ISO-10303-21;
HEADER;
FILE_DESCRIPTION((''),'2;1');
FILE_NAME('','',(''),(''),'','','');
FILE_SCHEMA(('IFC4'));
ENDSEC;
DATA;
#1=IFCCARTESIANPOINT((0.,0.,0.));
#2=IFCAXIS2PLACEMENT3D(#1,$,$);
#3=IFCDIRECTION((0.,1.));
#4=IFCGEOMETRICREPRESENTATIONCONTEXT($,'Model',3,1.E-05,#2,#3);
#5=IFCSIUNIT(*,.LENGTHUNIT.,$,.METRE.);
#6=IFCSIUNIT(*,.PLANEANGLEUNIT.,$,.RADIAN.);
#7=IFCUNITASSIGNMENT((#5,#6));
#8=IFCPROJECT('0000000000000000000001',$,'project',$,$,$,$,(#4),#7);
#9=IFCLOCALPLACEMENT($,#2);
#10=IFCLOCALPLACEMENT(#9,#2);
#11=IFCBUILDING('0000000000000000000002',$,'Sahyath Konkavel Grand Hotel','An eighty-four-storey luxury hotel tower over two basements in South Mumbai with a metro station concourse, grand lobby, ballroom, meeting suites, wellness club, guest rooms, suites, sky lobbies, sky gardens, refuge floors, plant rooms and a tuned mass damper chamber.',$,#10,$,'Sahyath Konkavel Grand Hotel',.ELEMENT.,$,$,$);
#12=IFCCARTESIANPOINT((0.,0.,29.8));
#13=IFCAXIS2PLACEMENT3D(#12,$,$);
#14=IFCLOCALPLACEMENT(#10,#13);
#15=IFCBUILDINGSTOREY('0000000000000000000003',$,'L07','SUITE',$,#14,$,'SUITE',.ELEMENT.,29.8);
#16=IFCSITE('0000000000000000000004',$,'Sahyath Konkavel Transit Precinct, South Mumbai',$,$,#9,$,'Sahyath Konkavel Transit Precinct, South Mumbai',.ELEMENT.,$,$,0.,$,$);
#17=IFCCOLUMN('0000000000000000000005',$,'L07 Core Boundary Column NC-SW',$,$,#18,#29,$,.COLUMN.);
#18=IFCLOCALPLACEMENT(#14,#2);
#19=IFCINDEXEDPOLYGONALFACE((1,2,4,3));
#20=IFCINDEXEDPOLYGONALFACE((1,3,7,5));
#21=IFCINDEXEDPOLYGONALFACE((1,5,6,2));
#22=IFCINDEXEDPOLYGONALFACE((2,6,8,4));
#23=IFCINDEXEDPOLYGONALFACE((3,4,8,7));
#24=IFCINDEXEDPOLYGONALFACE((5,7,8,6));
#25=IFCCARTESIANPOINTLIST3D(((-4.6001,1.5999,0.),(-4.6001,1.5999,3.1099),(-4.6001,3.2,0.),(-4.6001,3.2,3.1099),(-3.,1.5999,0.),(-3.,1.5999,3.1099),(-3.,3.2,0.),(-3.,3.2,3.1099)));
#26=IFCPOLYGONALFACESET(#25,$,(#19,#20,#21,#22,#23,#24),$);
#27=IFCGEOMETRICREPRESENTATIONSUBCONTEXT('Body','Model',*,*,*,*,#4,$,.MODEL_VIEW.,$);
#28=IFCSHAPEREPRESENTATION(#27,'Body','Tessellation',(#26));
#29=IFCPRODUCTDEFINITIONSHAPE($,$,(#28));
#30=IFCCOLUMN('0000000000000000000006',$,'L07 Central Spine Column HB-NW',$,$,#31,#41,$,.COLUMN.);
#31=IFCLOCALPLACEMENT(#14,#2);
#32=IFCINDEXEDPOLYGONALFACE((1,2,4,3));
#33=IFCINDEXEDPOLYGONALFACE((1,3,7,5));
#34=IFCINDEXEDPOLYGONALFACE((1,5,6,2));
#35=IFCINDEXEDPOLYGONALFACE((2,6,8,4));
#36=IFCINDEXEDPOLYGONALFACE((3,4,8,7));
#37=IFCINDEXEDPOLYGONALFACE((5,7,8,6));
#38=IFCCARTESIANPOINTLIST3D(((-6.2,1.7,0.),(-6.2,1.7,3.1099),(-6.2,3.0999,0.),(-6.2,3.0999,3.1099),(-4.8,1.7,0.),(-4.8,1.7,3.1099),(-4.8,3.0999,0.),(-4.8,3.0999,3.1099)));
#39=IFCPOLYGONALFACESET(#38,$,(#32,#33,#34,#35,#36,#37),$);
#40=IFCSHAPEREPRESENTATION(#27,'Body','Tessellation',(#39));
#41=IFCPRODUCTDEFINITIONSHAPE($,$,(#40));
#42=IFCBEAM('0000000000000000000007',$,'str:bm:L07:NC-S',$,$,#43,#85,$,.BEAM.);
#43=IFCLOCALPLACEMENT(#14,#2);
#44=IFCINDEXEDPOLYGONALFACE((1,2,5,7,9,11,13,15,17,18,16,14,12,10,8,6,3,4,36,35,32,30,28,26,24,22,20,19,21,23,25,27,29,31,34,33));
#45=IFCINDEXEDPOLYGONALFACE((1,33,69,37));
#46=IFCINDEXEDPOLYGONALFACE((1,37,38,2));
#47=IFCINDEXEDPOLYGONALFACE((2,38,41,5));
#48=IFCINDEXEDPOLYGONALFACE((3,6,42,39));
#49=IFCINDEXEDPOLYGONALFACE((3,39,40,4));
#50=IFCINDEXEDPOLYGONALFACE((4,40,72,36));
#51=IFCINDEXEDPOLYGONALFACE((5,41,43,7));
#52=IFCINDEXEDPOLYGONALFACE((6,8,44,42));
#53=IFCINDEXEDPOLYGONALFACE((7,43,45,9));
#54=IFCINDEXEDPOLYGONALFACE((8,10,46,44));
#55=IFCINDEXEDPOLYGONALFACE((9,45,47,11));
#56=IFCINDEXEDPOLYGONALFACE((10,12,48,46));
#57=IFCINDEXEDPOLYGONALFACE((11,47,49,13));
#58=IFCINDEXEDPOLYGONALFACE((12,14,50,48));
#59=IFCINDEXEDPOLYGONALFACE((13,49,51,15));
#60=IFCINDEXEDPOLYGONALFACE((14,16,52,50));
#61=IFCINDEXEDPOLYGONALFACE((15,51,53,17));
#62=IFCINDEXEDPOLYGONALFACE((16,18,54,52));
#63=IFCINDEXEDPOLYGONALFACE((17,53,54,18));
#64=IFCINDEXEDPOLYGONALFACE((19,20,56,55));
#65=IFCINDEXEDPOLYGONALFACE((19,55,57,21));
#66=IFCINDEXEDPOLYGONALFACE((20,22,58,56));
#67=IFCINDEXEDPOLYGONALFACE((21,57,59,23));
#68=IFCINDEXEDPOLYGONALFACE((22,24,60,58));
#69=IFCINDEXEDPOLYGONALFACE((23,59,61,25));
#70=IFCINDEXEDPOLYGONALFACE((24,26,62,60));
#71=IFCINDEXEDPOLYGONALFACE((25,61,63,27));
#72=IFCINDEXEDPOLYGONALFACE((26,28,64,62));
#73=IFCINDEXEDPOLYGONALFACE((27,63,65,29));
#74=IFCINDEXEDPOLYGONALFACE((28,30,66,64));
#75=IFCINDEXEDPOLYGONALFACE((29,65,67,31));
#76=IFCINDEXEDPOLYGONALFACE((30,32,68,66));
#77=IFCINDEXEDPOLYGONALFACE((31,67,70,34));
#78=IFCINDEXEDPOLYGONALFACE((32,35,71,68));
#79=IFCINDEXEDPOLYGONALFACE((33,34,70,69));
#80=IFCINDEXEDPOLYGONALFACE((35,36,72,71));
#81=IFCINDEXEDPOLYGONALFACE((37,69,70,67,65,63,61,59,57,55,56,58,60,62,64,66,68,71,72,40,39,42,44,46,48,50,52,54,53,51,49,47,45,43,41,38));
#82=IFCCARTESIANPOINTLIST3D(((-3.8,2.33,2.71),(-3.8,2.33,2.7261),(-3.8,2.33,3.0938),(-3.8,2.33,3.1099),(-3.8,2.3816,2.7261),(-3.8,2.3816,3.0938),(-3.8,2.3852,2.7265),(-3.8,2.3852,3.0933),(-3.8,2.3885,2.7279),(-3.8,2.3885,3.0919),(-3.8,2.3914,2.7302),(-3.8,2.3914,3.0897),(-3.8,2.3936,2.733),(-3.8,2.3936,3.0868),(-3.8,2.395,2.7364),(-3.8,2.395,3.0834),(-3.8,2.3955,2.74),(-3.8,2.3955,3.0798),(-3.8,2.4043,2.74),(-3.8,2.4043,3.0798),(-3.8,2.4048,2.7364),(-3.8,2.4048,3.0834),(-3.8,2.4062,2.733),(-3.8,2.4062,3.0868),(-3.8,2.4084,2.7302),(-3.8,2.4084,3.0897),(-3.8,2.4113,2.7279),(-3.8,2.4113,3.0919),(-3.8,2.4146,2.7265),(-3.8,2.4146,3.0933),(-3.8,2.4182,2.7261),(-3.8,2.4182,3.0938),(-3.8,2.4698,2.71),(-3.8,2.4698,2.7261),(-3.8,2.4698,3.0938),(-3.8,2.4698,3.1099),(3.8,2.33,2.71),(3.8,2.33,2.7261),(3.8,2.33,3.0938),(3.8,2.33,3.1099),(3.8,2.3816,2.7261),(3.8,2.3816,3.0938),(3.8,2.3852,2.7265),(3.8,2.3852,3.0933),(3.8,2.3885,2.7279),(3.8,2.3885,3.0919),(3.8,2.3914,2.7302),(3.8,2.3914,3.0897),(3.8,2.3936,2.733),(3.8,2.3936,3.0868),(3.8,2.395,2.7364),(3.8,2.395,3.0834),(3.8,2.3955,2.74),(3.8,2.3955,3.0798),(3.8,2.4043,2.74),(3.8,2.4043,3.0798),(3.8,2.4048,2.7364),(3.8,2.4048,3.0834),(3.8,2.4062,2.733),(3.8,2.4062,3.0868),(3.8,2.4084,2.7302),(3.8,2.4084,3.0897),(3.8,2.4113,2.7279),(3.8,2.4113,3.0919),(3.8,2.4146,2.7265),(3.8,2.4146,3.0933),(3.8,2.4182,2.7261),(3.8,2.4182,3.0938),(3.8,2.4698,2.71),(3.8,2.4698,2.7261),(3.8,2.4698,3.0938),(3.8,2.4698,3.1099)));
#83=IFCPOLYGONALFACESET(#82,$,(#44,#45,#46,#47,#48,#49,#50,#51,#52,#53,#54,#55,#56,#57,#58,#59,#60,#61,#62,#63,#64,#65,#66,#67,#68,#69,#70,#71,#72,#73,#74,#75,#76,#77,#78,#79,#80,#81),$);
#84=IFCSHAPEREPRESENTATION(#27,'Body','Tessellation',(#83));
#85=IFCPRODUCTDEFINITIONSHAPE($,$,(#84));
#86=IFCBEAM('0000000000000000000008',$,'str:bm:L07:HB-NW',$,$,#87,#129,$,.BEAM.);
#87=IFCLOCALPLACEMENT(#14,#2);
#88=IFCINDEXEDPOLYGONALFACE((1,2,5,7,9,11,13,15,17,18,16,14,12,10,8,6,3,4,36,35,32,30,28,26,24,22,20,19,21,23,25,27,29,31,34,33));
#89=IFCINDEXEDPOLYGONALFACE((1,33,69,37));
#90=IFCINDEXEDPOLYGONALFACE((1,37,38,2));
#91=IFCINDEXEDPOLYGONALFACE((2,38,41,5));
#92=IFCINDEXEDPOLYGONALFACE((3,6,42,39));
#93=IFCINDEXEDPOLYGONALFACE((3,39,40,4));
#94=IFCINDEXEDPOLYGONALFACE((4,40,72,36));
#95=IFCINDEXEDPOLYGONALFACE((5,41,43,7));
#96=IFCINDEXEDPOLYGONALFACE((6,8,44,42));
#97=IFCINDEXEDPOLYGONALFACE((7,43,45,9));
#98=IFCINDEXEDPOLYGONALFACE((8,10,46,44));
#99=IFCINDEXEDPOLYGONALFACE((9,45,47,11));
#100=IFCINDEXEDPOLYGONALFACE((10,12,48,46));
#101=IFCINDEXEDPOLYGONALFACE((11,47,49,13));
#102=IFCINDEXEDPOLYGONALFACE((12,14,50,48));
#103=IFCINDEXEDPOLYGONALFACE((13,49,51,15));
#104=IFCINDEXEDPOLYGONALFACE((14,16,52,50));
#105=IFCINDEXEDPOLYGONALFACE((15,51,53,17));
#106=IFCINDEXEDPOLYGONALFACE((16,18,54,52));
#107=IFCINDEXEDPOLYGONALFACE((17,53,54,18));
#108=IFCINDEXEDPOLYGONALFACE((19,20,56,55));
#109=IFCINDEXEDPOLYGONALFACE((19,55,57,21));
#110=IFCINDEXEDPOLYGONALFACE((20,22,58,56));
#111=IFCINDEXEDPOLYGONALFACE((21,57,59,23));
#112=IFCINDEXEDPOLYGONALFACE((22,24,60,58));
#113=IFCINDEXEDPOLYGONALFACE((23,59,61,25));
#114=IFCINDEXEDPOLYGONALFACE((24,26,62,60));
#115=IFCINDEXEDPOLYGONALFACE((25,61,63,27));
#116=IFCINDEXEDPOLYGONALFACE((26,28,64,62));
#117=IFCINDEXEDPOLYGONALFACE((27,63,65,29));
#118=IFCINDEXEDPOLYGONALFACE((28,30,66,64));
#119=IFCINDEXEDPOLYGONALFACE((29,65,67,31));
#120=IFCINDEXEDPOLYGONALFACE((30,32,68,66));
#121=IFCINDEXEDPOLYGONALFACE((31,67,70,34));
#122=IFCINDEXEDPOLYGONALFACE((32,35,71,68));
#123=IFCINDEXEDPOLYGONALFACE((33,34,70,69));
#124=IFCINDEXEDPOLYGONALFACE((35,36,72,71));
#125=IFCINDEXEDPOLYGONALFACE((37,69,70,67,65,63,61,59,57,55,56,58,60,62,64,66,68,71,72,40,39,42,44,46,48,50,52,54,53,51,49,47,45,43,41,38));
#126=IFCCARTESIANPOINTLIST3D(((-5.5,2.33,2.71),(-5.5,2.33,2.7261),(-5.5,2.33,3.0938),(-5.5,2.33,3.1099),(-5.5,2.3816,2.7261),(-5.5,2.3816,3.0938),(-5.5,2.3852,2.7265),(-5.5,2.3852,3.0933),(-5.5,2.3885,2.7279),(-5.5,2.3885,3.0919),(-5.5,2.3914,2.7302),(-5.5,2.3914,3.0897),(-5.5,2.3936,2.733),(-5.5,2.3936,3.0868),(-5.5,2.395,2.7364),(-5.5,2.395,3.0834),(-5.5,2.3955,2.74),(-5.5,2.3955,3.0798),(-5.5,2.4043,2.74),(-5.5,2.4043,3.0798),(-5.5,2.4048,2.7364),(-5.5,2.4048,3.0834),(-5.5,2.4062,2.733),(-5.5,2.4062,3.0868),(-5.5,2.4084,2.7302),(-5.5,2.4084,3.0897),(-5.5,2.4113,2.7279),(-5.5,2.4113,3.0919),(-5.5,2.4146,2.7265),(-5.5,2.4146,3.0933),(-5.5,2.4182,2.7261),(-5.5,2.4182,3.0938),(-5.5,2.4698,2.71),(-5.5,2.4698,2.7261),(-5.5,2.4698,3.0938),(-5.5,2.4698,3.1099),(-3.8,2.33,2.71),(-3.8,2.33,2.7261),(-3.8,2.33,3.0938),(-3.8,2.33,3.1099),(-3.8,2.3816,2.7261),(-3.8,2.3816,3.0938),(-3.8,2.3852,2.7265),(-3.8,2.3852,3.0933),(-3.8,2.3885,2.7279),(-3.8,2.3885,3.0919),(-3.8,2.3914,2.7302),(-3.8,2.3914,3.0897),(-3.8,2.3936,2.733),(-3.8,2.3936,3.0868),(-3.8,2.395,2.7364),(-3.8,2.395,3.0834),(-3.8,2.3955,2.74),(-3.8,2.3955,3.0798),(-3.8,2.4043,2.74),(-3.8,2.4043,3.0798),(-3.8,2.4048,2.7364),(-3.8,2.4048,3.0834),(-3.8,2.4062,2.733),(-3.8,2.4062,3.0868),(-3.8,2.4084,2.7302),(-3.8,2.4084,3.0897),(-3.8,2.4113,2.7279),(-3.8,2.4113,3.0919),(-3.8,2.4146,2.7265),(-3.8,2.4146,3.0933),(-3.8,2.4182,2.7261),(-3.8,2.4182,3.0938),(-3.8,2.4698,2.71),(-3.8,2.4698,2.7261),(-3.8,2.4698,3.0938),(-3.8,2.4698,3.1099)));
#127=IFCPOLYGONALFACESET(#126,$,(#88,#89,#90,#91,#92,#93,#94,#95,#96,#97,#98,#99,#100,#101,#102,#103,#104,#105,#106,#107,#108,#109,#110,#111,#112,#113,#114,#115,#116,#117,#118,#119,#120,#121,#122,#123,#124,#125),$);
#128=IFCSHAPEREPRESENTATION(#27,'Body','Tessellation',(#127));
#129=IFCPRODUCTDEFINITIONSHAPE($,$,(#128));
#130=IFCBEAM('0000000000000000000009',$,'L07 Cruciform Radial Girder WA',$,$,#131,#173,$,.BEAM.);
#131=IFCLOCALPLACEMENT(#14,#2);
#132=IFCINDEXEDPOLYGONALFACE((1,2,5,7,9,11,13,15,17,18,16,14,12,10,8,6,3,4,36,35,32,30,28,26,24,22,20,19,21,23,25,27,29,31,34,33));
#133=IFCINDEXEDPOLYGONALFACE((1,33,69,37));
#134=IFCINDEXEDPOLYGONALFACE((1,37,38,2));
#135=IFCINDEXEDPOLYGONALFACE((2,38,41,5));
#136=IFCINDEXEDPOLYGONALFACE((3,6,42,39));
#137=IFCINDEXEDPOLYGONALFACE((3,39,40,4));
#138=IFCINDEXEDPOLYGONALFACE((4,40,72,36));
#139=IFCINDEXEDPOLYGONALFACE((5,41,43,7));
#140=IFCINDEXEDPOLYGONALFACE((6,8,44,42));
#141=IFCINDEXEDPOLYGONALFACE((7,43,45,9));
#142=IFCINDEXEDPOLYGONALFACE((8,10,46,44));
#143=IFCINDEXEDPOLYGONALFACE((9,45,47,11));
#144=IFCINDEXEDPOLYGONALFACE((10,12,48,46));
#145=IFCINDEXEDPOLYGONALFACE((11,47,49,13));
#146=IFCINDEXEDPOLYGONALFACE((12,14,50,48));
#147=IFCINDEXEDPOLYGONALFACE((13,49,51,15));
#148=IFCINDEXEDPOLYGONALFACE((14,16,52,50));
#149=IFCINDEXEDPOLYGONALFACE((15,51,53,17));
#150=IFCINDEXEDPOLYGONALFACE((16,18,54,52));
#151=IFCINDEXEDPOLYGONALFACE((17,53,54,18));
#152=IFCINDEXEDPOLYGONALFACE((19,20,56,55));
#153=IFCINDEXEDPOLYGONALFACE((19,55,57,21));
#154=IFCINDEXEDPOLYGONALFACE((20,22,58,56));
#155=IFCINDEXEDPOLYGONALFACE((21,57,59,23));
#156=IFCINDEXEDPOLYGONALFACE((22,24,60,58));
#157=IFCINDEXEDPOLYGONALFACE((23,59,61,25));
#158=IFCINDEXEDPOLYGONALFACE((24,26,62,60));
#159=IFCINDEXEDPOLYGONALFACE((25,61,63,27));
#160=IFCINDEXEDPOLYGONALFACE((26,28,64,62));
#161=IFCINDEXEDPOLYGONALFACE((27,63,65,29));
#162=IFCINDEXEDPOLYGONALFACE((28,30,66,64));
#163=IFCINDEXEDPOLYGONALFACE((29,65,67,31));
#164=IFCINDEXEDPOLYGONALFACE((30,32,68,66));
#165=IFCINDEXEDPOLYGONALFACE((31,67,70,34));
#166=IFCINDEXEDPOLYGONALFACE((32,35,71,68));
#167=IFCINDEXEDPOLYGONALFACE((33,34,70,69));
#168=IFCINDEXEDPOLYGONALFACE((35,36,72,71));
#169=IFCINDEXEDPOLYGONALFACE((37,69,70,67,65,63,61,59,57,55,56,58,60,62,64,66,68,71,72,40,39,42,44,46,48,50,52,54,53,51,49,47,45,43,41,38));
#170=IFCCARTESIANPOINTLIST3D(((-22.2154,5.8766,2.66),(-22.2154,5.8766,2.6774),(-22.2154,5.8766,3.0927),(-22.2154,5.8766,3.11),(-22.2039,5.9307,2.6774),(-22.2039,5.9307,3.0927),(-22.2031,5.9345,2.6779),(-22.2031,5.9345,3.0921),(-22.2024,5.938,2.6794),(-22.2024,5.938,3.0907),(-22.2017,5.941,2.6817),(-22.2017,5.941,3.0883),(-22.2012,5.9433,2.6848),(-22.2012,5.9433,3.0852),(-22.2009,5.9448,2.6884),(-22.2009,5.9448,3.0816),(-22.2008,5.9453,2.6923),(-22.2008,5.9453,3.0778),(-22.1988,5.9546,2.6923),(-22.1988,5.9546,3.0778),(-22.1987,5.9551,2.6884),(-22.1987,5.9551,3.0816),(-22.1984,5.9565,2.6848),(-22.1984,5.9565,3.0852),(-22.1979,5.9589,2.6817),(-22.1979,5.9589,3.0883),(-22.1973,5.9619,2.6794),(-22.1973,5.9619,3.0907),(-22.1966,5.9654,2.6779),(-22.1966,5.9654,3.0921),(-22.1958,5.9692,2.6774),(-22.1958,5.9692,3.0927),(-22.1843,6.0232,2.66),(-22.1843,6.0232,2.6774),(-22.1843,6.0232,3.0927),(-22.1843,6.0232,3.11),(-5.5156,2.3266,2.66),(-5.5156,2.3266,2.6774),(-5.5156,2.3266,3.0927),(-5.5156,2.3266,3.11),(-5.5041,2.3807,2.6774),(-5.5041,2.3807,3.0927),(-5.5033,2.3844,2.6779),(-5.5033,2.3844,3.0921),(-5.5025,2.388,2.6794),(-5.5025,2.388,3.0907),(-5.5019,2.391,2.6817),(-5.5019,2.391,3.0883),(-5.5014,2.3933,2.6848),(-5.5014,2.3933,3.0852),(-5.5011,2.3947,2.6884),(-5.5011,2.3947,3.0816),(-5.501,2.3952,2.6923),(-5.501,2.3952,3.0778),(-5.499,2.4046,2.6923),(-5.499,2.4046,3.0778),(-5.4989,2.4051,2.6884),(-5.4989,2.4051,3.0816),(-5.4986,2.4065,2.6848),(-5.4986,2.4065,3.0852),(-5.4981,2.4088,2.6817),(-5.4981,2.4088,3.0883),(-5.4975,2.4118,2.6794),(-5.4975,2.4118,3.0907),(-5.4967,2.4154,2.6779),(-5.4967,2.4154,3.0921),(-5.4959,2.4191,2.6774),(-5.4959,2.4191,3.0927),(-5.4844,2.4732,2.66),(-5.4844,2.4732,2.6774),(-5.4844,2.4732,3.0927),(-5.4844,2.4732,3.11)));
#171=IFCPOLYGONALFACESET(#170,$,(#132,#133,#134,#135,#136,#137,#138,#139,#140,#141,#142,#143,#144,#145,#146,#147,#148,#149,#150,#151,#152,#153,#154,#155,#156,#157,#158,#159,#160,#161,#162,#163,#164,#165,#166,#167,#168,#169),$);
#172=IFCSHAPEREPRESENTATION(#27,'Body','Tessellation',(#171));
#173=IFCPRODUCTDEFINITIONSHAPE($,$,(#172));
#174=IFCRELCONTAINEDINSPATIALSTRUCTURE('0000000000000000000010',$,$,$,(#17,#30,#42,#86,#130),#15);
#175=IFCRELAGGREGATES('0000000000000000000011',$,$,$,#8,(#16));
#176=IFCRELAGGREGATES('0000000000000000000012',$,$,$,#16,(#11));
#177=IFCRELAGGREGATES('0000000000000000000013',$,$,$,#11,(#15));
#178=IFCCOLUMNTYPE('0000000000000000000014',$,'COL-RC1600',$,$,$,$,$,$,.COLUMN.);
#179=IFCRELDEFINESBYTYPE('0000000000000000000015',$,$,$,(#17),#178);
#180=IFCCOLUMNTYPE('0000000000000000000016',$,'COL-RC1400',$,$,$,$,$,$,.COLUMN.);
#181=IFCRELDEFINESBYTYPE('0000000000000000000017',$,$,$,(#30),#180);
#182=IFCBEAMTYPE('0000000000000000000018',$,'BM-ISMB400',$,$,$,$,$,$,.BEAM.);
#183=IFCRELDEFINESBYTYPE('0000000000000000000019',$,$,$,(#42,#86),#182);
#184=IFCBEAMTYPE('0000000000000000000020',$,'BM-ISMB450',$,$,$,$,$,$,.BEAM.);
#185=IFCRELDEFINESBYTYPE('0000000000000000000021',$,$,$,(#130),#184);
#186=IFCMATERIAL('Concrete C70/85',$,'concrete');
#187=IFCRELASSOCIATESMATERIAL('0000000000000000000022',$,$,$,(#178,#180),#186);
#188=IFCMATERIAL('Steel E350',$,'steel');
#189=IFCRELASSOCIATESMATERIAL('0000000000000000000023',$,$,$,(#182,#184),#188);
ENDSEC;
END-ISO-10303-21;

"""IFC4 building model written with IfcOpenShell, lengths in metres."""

from ifc_helpers import new_model, si_unit, direction, frame, origin, origin_2d, place, context, subcontext, project, spatial, rectangle, i_section, extrude, source, transform, mapped, material, material_profile, profile_set, type_object, element, save


model = new_model("IFC4")

# Units and contexts
model_context = context("Model", 3, precision=1e-05, world=origin(), true_north=direction((0.0, 1.0)))
body_context = subcontext(model_context, "Body", "Model", "MODEL_VIEW")
ifc_project = project(units=[si_unit("LENGTHUNIT", "METRE"), si_unit("PLANEANGLEUNIT", "RADIAN")], contexts=[model_context])

# Site, building, storey
site_placement = place(None, origin())
site = spatial("IfcSite", under=ifc_project, at=site_placement, Name="Sahyath Konkavel Transit Precinct, South Mumbai", LongName="Sahyath Konkavel Transit Precinct, South Mumbai", CompositionType="ELEMENT", RefElevation=0.0)
building_placement = place(site_placement, origin())
building = spatial("IfcBuilding", under=site, at=building_placement, Name="Sahyath Konkavel Grand Hotel", Description="An eighty-four-storey luxury hotel tower over two basements in South Mumbai with a metro station concourse, grand lobby, ballroom, meeting suites, wellness club, guest rooms, suites, sky lobbies, sky gardens, refuge floors, plant rooms and a tuned mass damper chamber.", LongName="Sahyath Konkavel Grand Hotel", CompositionType="ELEMENT")
storey_placement = place(building_placement, frame((0.0, 0.0, 29.8)))
storey = spatial("IfcBuildingStorey", under=building, at=storey_placement, Name="L07", Description="SUITE", LongName="SUITE", CompositionType="ELEMENT", Elevation=29.8)

# Columns
ifc_material_1 = material(Name="Concrete C70/85", Category="concrete")
ifc_material_profile_1 = material_profile(ifc_material_1, rectangle(XDim=1.6001, YDim=1.6001, at=origin_2d()), Name="RC 1600x1600")
ifc_profile_set_1 = profile_set([ifc_material_profile_1], Name="Concrete C70/85")
column_type_1 = type_object("IfcColumnType", Name="COL-RC1600", PredefinedType="COLUMN", material=ifc_profile_set_1)
shared_shape_1 = source(origin(), body_context, "Body", "SweptSolid", [
    extrude(rectangle(XDim=1.6001, YDim=1.6001, at=origin_2d()), origin(), (0.0, 0.0, 1.0), 3.1099),
])
column_1_placement = place(storey_placement, frame((-3.8, 2.3999, 0.0), z_axis=(0.0, 0.0, 1.0), x_axis=(1.0, 0.0, 0.0)))
element("IfcColumn", 1, at=column_1_placement, inside=storey, type_object=column_type_1, Name="L07 Core Boundary Column NC-SW", PredefinedType="COLUMN", context=body_context, shape_type="MappedRepresentation", body=[
    mapped(shared_shape_1, transform((0.0, 0.0, 0.0), scale=1.0)),
])
ifc_material_profile_2 = material_profile(ifc_material_1, rectangle(XDim=1.3999, YDim=1.3999, at=origin_2d()), Name="RC 1400x1400")
ifc_profile_set_2 = profile_set([ifc_material_profile_2], Name="Concrete C70/85")
column_type_2 = type_object("IfcColumnType", Name="COL-RC1400", PredefinedType="COLUMN", material=ifc_profile_set_2)
shared_shape_2 = source(origin(), body_context, "Body", "SweptSolid", [
    extrude(rectangle(XDim=1.3999, YDim=1.3999, at=origin_2d()), origin(), (0.0, 0.0, 1.0), 3.1099),
])
column_2_placement = place(storey_placement, frame((-5.5, 2.3999, 0.0), z_axis=(0.0, 0.0, 1.0), x_axis=(1.0, 0.0, 0.0)))
element("IfcColumn", 2, at=column_2_placement, inside=storey, type_object=column_type_2, Name="L07 Central Spine Column HB-NW", PredefinedType="COLUMN", context=body_context, shape_type="MappedRepresentation", body=[
    mapped(shared_shape_2, transform((0.0, 0.0, 0.0), scale=1.0)),
])

# Beams
ifc_material_2 = material(Name="Steel E350", Category="steel")
ifc_material_profile_3 = material_profile(ifc_material_2, i_section(OverallWidth=0.1399, OverallDepth=0.3999, WebThickness=0.0088, FlangeThickness=0.0161, FilletRadius=0.0139, at=origin_2d()), Name="ISMB 400")
ifc_profile_set_3 = profile_set([ifc_material_profile_3], Name="Steel E350")
beam_type_1 = type_object("IfcBeamType", Name="BM-ISMB400", PredefinedType="BEAM", material=ifc_profile_set_3)
shared_shape_3 = source(origin(), body_context, "Body", "SweptSolid", [
    extrude(i_section(OverallWidth=0.1399, OverallDepth=0.3999, WebThickness=0.0088, FlangeThickness=0.0161, FilletRadius=0.0139, at=origin_2d()), origin(), (0.0, 0.0, 1.0), 7.6001),
])
beam_1_placement = place(storey_placement, frame((-3.8, 2.3999, 2.9099), z_axis=(1.0, 0.0, 0.0), x_axis=(0.0, 1.0, 0.0)))
element("IfcBeam", 3, at=beam_1_placement, inside=storey, type_object=beam_type_1, Name="str:bm:L07:NC-S", PredefinedType="BEAM", context=body_context, shape_type="MappedRepresentation", body=[
    mapped(shared_shape_3, transform((0.0, 0.0, 0.0), scale=1.0)),
])
shared_shape_4 = source(origin(), body_context, "Body", "SweptSolid", [
    extrude(i_section(OverallWidth=0.1399, OverallDepth=0.3999, WebThickness=0.0088, FlangeThickness=0.0161, FilletRadius=0.0139, at=origin_2d()), origin(), (0.0, 0.0, 1.0), 1.7),
])
beam_2_placement = place(storey_placement, frame((-5.5, 2.3999, 2.9099), z_axis=(1.0, 0.0, 0.0), x_axis=(0.0, 1.0, 0.0)))
element("IfcBeam", 4, at=beam_2_placement, inside=storey, type_object=beam_type_1, Name="str:bm:L07:HB-NW", PredefinedType="BEAM", context=body_context, shape_type="MappedRepresentation", body=[
    mapped(shared_shape_4, transform((0.0, 0.0, 0.0), scale=1.0)),
])
ifc_material_profile_4 = material_profile(ifc_material_2, i_section(OverallWidth=0.1499, OverallDepth=0.45, WebThickness=0.0095, FlangeThickness=0.0173, FilletRadius=0.0149, at=origin_2d()), Name="ISMB 450")
ifc_profile_set_4 = profile_set([ifc_material_profile_4], Name="Steel E350")
beam_type_2 = type_object("IfcBeamType", Name="BM-ISMB450", PredefinedType="BEAM", material=ifc_profile_set_4)
shared_shape_5 = source(origin(), body_context, "Body", "SweptSolid", [
    extrude(i_section(OverallWidth=0.1499, OverallDepth=0.45, WebThickness=0.0095, FlangeThickness=0.0173, FilletRadius=0.0149, at=origin_2d()), origin(), (0.0, 0.0, 1.0), 17.073),
])
beam_3_placement = place(storey_placement, frame((-5.5, 2.3999, 2.885), z_axis=(-0.978143, 0.207932, 0.0), x_axis=(-0.207932, -0.978143, 0.0)))
element("IfcBeam", 5, at=beam_3_placement, inside=storey, type_object=beam_type_2, Name="L07 Cruciform Radial Girder WA", PredefinedType="BEAM", context=body_context, shape_type="MappedRepresentation", body=[
    mapped(shared_shape_5, transform((0.0, 0.0, 0.0), scale=1.0)),
])

save(model, "model.ifc")
